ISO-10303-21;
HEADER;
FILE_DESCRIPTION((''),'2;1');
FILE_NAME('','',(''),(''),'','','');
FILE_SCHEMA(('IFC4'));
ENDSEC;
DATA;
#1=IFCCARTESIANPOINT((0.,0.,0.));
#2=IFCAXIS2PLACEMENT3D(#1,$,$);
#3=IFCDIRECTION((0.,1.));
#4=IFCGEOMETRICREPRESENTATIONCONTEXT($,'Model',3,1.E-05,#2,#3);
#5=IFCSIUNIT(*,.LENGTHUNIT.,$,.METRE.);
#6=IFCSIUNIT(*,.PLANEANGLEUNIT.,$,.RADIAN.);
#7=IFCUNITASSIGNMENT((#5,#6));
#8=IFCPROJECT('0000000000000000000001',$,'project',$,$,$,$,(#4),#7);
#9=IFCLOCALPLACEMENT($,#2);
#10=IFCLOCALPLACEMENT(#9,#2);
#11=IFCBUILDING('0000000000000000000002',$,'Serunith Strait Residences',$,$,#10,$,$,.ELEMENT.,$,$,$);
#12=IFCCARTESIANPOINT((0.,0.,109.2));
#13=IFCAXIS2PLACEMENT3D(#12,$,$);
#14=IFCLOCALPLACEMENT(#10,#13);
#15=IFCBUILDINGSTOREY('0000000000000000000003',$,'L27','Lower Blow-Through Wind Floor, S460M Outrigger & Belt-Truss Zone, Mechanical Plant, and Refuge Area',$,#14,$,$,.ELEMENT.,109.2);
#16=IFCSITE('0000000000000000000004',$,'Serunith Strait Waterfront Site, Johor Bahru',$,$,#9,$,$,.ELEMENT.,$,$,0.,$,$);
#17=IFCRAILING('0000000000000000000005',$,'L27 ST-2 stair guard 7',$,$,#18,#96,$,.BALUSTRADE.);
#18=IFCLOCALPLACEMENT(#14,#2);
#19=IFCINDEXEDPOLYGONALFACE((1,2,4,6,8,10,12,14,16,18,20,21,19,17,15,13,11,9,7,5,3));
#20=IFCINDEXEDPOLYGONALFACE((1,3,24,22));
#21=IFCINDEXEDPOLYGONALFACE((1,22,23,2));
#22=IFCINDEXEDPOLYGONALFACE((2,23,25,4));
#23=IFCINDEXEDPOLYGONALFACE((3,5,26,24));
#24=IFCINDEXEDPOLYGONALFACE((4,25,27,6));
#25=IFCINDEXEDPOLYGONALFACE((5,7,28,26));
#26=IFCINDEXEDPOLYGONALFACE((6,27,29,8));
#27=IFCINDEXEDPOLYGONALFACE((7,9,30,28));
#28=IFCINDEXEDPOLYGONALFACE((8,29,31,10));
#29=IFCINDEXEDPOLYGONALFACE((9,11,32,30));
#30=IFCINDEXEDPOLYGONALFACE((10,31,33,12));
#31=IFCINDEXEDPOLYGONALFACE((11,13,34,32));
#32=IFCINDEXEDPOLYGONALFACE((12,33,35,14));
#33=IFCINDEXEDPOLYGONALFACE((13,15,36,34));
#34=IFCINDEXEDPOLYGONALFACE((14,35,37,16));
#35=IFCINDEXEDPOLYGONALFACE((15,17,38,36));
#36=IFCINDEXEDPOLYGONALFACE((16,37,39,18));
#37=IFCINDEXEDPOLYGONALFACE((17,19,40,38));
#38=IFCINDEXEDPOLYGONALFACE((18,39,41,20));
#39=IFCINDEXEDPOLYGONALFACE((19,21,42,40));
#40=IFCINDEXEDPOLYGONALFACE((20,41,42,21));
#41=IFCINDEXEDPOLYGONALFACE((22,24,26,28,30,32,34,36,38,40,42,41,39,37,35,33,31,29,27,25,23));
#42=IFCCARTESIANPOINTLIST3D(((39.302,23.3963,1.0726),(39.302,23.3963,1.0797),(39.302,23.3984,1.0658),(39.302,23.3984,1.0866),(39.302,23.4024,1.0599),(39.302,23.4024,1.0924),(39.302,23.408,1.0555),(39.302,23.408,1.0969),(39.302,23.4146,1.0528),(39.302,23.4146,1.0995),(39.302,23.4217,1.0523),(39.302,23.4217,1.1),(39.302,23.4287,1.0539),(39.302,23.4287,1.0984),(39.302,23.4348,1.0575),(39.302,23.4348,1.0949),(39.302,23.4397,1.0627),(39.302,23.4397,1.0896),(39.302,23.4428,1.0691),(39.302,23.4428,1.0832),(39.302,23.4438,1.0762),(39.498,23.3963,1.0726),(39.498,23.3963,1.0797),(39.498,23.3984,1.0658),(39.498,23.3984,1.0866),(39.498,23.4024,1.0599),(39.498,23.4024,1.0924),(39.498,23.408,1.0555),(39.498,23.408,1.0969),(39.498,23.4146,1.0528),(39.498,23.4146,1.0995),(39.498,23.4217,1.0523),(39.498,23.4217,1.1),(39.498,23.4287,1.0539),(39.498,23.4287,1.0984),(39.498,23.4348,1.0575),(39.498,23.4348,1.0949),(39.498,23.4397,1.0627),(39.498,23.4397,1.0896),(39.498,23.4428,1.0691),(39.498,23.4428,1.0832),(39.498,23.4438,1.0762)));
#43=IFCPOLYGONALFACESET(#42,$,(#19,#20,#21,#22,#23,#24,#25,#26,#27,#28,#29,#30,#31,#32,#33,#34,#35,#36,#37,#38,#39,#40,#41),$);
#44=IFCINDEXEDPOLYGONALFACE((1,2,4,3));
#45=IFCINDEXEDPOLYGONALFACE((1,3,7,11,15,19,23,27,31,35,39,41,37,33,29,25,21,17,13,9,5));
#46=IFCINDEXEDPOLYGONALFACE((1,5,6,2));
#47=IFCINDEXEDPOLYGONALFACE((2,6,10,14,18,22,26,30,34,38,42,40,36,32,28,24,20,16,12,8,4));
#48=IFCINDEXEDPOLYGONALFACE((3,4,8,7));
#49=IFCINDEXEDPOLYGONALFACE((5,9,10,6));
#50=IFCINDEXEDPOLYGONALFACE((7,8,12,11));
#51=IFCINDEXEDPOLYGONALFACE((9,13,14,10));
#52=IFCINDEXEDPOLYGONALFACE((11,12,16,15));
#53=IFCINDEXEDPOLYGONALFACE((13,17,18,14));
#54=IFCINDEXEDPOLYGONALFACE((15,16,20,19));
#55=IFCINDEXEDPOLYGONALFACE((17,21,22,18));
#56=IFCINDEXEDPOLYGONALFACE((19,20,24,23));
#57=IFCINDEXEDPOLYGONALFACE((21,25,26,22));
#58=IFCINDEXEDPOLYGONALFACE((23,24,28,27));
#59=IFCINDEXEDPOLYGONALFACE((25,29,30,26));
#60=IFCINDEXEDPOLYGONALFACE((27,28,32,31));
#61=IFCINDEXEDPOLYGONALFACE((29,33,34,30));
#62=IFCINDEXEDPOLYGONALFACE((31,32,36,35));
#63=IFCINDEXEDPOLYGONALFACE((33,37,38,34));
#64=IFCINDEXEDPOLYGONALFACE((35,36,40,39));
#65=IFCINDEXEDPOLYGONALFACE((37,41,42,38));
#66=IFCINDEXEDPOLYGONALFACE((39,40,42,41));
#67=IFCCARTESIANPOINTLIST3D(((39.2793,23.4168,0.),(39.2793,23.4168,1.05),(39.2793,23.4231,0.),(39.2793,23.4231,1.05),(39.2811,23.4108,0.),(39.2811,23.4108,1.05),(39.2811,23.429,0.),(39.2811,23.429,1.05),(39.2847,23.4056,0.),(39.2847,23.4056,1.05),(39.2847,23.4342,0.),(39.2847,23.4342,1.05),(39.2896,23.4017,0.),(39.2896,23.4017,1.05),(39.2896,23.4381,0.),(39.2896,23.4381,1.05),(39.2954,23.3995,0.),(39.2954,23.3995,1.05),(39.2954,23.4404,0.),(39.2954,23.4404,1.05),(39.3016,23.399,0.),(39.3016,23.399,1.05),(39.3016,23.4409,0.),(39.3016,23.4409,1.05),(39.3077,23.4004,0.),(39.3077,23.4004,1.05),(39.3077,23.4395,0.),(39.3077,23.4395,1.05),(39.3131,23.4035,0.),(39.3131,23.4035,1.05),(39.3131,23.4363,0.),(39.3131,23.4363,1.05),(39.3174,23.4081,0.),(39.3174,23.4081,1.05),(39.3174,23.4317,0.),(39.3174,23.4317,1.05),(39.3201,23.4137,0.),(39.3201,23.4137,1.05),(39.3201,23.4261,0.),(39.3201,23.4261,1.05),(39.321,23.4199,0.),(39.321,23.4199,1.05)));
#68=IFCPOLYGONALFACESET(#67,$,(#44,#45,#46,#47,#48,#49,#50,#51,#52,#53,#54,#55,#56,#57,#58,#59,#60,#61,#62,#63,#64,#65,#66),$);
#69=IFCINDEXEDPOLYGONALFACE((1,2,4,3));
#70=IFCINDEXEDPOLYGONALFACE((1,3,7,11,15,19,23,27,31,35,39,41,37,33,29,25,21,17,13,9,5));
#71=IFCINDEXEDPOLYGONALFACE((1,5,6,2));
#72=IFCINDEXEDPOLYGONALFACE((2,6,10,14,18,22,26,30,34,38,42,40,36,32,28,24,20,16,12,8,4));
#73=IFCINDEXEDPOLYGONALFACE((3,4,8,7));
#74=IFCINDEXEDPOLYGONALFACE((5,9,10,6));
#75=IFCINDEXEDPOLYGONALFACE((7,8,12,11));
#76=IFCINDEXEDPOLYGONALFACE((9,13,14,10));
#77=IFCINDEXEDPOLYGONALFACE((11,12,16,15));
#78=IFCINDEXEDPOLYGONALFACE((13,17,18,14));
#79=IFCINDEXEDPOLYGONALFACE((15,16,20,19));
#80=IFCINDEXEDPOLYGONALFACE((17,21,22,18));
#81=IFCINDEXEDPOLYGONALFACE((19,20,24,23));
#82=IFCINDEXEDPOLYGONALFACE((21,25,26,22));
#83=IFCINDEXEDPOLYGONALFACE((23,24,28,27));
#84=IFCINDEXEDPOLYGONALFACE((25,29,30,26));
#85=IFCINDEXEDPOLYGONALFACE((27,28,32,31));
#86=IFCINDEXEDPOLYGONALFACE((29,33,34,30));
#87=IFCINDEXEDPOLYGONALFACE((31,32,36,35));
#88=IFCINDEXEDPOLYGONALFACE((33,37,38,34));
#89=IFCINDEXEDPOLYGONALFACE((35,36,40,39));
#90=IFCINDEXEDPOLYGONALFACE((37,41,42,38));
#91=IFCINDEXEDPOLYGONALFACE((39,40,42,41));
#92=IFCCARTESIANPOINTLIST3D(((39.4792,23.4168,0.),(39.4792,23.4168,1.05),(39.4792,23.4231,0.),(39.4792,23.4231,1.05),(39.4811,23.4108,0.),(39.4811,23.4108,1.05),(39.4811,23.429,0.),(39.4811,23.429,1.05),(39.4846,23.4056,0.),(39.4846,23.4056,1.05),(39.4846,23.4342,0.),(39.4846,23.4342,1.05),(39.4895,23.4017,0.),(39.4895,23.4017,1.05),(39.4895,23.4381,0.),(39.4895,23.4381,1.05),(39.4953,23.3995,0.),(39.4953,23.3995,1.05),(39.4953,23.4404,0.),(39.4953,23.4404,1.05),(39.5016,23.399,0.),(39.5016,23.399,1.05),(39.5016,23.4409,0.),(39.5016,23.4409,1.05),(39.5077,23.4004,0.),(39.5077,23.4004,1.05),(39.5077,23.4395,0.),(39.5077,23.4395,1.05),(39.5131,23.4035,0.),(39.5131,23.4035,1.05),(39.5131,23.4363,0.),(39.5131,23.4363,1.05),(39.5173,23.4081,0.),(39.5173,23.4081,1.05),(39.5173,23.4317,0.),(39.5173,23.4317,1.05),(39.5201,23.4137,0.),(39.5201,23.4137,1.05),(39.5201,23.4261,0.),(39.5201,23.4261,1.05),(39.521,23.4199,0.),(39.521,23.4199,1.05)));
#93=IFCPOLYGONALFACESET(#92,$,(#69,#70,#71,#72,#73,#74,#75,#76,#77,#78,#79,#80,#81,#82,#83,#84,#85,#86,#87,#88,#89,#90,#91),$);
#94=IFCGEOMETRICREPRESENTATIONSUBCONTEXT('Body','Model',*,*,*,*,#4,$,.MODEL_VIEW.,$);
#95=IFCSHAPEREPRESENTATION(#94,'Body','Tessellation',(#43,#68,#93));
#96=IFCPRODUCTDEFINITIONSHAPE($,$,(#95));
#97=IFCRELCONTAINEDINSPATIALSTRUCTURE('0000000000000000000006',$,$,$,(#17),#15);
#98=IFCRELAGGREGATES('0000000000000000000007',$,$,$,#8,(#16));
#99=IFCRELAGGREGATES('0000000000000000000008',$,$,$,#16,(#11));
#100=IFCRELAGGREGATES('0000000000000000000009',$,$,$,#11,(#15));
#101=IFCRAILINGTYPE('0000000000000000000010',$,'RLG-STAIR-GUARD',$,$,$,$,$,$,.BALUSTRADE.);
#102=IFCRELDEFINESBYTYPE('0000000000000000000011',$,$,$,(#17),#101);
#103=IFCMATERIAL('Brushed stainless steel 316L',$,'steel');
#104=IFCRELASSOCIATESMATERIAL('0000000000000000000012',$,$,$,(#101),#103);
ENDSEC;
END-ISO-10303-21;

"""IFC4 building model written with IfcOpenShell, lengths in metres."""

from ifc_helpers import new_model, si_unit, direction, frame, origin, origin_2d, place, context, subcontext, project, spatial, circle, extrude, material, type_object, element, save


model = new_model("IFC4")

# Units and contexts
model_context = context("Model", 3, precision=1e-05, world=origin(), true_north=direction((0.0, 1.0)))
body_context = subcontext(model_context, "Body", "Model", "MODEL_VIEW")
ifc_project = project(units=[si_unit("LENGTHUNIT", "METRE"), si_unit("PLANEANGLEUNIT", "RADIAN")], contexts=[model_context])

# Site, building, storey
site_placement = place(None, origin())
site = spatial("IfcSite", under=ifc_project, at=site_placement, Name="Serunith Strait Waterfront Site, Johor Bahru", CompositionType="ELEMENT", RefElevation=0.0)
building_placement = place(site_placement, origin())
building = spatial("IfcBuilding", under=site, at=building_placement, Name="Serunith Strait Residences", CompositionType="ELEMENT")
storey_placement = place(building_placement, frame((0.0, 0.0, 109.2)))
storey = spatial("IfcBuildingStorey", under=building, at=storey_placement, Name="L27", Description="Lower Blow-Through Wind Floor, S460M Outrigger & Belt-Truss Zone, Mechanical Plant, and Refuge Area", CompositionType="ELEMENT", Elevation=109.2)

# Railing
ifc_material_1 = material(Name="Brushed stainless steel 316L", Category="steel")
railing_type_1 = type_object("IfcRailingType", Name="RLG-STAIR-GUARD", PredefinedType="BALUSTRADE", material=ifc_material_1)
railing_1_placement = place(storey_placement, frame((39.3, 23.4199, 0.0)))
element("IfcRailing", 1, at=railing_1_placement, inside=storey, type_object=railing_type_1, Name="L27 ST-2 stair guard 7", PredefinedType="BALUSTRADE", context=body_context, shape_type="SweptSolid", body=[
    extrude(circle(Radius=0.0239, at=origin_2d()), frame((0.002, 0.0, 1.0762), z_axis=(1.0, 0.0, 0.0), x_axis=(0.0, 1.0, 0.0)), (0.0, 0.0, 1.0), 0.196),
    extrude(circle(Radius=0.021, at=origin_2d()), origin(), (0.0, 0.0, 1.0), 1.05),
    extrude(circle(Radius=0.021, at=origin_2d()), frame((0.2, 0.0, 0.0)), (0.0, 0.0, 1.0), 1.05),
])

save(model, "model.ifc")
